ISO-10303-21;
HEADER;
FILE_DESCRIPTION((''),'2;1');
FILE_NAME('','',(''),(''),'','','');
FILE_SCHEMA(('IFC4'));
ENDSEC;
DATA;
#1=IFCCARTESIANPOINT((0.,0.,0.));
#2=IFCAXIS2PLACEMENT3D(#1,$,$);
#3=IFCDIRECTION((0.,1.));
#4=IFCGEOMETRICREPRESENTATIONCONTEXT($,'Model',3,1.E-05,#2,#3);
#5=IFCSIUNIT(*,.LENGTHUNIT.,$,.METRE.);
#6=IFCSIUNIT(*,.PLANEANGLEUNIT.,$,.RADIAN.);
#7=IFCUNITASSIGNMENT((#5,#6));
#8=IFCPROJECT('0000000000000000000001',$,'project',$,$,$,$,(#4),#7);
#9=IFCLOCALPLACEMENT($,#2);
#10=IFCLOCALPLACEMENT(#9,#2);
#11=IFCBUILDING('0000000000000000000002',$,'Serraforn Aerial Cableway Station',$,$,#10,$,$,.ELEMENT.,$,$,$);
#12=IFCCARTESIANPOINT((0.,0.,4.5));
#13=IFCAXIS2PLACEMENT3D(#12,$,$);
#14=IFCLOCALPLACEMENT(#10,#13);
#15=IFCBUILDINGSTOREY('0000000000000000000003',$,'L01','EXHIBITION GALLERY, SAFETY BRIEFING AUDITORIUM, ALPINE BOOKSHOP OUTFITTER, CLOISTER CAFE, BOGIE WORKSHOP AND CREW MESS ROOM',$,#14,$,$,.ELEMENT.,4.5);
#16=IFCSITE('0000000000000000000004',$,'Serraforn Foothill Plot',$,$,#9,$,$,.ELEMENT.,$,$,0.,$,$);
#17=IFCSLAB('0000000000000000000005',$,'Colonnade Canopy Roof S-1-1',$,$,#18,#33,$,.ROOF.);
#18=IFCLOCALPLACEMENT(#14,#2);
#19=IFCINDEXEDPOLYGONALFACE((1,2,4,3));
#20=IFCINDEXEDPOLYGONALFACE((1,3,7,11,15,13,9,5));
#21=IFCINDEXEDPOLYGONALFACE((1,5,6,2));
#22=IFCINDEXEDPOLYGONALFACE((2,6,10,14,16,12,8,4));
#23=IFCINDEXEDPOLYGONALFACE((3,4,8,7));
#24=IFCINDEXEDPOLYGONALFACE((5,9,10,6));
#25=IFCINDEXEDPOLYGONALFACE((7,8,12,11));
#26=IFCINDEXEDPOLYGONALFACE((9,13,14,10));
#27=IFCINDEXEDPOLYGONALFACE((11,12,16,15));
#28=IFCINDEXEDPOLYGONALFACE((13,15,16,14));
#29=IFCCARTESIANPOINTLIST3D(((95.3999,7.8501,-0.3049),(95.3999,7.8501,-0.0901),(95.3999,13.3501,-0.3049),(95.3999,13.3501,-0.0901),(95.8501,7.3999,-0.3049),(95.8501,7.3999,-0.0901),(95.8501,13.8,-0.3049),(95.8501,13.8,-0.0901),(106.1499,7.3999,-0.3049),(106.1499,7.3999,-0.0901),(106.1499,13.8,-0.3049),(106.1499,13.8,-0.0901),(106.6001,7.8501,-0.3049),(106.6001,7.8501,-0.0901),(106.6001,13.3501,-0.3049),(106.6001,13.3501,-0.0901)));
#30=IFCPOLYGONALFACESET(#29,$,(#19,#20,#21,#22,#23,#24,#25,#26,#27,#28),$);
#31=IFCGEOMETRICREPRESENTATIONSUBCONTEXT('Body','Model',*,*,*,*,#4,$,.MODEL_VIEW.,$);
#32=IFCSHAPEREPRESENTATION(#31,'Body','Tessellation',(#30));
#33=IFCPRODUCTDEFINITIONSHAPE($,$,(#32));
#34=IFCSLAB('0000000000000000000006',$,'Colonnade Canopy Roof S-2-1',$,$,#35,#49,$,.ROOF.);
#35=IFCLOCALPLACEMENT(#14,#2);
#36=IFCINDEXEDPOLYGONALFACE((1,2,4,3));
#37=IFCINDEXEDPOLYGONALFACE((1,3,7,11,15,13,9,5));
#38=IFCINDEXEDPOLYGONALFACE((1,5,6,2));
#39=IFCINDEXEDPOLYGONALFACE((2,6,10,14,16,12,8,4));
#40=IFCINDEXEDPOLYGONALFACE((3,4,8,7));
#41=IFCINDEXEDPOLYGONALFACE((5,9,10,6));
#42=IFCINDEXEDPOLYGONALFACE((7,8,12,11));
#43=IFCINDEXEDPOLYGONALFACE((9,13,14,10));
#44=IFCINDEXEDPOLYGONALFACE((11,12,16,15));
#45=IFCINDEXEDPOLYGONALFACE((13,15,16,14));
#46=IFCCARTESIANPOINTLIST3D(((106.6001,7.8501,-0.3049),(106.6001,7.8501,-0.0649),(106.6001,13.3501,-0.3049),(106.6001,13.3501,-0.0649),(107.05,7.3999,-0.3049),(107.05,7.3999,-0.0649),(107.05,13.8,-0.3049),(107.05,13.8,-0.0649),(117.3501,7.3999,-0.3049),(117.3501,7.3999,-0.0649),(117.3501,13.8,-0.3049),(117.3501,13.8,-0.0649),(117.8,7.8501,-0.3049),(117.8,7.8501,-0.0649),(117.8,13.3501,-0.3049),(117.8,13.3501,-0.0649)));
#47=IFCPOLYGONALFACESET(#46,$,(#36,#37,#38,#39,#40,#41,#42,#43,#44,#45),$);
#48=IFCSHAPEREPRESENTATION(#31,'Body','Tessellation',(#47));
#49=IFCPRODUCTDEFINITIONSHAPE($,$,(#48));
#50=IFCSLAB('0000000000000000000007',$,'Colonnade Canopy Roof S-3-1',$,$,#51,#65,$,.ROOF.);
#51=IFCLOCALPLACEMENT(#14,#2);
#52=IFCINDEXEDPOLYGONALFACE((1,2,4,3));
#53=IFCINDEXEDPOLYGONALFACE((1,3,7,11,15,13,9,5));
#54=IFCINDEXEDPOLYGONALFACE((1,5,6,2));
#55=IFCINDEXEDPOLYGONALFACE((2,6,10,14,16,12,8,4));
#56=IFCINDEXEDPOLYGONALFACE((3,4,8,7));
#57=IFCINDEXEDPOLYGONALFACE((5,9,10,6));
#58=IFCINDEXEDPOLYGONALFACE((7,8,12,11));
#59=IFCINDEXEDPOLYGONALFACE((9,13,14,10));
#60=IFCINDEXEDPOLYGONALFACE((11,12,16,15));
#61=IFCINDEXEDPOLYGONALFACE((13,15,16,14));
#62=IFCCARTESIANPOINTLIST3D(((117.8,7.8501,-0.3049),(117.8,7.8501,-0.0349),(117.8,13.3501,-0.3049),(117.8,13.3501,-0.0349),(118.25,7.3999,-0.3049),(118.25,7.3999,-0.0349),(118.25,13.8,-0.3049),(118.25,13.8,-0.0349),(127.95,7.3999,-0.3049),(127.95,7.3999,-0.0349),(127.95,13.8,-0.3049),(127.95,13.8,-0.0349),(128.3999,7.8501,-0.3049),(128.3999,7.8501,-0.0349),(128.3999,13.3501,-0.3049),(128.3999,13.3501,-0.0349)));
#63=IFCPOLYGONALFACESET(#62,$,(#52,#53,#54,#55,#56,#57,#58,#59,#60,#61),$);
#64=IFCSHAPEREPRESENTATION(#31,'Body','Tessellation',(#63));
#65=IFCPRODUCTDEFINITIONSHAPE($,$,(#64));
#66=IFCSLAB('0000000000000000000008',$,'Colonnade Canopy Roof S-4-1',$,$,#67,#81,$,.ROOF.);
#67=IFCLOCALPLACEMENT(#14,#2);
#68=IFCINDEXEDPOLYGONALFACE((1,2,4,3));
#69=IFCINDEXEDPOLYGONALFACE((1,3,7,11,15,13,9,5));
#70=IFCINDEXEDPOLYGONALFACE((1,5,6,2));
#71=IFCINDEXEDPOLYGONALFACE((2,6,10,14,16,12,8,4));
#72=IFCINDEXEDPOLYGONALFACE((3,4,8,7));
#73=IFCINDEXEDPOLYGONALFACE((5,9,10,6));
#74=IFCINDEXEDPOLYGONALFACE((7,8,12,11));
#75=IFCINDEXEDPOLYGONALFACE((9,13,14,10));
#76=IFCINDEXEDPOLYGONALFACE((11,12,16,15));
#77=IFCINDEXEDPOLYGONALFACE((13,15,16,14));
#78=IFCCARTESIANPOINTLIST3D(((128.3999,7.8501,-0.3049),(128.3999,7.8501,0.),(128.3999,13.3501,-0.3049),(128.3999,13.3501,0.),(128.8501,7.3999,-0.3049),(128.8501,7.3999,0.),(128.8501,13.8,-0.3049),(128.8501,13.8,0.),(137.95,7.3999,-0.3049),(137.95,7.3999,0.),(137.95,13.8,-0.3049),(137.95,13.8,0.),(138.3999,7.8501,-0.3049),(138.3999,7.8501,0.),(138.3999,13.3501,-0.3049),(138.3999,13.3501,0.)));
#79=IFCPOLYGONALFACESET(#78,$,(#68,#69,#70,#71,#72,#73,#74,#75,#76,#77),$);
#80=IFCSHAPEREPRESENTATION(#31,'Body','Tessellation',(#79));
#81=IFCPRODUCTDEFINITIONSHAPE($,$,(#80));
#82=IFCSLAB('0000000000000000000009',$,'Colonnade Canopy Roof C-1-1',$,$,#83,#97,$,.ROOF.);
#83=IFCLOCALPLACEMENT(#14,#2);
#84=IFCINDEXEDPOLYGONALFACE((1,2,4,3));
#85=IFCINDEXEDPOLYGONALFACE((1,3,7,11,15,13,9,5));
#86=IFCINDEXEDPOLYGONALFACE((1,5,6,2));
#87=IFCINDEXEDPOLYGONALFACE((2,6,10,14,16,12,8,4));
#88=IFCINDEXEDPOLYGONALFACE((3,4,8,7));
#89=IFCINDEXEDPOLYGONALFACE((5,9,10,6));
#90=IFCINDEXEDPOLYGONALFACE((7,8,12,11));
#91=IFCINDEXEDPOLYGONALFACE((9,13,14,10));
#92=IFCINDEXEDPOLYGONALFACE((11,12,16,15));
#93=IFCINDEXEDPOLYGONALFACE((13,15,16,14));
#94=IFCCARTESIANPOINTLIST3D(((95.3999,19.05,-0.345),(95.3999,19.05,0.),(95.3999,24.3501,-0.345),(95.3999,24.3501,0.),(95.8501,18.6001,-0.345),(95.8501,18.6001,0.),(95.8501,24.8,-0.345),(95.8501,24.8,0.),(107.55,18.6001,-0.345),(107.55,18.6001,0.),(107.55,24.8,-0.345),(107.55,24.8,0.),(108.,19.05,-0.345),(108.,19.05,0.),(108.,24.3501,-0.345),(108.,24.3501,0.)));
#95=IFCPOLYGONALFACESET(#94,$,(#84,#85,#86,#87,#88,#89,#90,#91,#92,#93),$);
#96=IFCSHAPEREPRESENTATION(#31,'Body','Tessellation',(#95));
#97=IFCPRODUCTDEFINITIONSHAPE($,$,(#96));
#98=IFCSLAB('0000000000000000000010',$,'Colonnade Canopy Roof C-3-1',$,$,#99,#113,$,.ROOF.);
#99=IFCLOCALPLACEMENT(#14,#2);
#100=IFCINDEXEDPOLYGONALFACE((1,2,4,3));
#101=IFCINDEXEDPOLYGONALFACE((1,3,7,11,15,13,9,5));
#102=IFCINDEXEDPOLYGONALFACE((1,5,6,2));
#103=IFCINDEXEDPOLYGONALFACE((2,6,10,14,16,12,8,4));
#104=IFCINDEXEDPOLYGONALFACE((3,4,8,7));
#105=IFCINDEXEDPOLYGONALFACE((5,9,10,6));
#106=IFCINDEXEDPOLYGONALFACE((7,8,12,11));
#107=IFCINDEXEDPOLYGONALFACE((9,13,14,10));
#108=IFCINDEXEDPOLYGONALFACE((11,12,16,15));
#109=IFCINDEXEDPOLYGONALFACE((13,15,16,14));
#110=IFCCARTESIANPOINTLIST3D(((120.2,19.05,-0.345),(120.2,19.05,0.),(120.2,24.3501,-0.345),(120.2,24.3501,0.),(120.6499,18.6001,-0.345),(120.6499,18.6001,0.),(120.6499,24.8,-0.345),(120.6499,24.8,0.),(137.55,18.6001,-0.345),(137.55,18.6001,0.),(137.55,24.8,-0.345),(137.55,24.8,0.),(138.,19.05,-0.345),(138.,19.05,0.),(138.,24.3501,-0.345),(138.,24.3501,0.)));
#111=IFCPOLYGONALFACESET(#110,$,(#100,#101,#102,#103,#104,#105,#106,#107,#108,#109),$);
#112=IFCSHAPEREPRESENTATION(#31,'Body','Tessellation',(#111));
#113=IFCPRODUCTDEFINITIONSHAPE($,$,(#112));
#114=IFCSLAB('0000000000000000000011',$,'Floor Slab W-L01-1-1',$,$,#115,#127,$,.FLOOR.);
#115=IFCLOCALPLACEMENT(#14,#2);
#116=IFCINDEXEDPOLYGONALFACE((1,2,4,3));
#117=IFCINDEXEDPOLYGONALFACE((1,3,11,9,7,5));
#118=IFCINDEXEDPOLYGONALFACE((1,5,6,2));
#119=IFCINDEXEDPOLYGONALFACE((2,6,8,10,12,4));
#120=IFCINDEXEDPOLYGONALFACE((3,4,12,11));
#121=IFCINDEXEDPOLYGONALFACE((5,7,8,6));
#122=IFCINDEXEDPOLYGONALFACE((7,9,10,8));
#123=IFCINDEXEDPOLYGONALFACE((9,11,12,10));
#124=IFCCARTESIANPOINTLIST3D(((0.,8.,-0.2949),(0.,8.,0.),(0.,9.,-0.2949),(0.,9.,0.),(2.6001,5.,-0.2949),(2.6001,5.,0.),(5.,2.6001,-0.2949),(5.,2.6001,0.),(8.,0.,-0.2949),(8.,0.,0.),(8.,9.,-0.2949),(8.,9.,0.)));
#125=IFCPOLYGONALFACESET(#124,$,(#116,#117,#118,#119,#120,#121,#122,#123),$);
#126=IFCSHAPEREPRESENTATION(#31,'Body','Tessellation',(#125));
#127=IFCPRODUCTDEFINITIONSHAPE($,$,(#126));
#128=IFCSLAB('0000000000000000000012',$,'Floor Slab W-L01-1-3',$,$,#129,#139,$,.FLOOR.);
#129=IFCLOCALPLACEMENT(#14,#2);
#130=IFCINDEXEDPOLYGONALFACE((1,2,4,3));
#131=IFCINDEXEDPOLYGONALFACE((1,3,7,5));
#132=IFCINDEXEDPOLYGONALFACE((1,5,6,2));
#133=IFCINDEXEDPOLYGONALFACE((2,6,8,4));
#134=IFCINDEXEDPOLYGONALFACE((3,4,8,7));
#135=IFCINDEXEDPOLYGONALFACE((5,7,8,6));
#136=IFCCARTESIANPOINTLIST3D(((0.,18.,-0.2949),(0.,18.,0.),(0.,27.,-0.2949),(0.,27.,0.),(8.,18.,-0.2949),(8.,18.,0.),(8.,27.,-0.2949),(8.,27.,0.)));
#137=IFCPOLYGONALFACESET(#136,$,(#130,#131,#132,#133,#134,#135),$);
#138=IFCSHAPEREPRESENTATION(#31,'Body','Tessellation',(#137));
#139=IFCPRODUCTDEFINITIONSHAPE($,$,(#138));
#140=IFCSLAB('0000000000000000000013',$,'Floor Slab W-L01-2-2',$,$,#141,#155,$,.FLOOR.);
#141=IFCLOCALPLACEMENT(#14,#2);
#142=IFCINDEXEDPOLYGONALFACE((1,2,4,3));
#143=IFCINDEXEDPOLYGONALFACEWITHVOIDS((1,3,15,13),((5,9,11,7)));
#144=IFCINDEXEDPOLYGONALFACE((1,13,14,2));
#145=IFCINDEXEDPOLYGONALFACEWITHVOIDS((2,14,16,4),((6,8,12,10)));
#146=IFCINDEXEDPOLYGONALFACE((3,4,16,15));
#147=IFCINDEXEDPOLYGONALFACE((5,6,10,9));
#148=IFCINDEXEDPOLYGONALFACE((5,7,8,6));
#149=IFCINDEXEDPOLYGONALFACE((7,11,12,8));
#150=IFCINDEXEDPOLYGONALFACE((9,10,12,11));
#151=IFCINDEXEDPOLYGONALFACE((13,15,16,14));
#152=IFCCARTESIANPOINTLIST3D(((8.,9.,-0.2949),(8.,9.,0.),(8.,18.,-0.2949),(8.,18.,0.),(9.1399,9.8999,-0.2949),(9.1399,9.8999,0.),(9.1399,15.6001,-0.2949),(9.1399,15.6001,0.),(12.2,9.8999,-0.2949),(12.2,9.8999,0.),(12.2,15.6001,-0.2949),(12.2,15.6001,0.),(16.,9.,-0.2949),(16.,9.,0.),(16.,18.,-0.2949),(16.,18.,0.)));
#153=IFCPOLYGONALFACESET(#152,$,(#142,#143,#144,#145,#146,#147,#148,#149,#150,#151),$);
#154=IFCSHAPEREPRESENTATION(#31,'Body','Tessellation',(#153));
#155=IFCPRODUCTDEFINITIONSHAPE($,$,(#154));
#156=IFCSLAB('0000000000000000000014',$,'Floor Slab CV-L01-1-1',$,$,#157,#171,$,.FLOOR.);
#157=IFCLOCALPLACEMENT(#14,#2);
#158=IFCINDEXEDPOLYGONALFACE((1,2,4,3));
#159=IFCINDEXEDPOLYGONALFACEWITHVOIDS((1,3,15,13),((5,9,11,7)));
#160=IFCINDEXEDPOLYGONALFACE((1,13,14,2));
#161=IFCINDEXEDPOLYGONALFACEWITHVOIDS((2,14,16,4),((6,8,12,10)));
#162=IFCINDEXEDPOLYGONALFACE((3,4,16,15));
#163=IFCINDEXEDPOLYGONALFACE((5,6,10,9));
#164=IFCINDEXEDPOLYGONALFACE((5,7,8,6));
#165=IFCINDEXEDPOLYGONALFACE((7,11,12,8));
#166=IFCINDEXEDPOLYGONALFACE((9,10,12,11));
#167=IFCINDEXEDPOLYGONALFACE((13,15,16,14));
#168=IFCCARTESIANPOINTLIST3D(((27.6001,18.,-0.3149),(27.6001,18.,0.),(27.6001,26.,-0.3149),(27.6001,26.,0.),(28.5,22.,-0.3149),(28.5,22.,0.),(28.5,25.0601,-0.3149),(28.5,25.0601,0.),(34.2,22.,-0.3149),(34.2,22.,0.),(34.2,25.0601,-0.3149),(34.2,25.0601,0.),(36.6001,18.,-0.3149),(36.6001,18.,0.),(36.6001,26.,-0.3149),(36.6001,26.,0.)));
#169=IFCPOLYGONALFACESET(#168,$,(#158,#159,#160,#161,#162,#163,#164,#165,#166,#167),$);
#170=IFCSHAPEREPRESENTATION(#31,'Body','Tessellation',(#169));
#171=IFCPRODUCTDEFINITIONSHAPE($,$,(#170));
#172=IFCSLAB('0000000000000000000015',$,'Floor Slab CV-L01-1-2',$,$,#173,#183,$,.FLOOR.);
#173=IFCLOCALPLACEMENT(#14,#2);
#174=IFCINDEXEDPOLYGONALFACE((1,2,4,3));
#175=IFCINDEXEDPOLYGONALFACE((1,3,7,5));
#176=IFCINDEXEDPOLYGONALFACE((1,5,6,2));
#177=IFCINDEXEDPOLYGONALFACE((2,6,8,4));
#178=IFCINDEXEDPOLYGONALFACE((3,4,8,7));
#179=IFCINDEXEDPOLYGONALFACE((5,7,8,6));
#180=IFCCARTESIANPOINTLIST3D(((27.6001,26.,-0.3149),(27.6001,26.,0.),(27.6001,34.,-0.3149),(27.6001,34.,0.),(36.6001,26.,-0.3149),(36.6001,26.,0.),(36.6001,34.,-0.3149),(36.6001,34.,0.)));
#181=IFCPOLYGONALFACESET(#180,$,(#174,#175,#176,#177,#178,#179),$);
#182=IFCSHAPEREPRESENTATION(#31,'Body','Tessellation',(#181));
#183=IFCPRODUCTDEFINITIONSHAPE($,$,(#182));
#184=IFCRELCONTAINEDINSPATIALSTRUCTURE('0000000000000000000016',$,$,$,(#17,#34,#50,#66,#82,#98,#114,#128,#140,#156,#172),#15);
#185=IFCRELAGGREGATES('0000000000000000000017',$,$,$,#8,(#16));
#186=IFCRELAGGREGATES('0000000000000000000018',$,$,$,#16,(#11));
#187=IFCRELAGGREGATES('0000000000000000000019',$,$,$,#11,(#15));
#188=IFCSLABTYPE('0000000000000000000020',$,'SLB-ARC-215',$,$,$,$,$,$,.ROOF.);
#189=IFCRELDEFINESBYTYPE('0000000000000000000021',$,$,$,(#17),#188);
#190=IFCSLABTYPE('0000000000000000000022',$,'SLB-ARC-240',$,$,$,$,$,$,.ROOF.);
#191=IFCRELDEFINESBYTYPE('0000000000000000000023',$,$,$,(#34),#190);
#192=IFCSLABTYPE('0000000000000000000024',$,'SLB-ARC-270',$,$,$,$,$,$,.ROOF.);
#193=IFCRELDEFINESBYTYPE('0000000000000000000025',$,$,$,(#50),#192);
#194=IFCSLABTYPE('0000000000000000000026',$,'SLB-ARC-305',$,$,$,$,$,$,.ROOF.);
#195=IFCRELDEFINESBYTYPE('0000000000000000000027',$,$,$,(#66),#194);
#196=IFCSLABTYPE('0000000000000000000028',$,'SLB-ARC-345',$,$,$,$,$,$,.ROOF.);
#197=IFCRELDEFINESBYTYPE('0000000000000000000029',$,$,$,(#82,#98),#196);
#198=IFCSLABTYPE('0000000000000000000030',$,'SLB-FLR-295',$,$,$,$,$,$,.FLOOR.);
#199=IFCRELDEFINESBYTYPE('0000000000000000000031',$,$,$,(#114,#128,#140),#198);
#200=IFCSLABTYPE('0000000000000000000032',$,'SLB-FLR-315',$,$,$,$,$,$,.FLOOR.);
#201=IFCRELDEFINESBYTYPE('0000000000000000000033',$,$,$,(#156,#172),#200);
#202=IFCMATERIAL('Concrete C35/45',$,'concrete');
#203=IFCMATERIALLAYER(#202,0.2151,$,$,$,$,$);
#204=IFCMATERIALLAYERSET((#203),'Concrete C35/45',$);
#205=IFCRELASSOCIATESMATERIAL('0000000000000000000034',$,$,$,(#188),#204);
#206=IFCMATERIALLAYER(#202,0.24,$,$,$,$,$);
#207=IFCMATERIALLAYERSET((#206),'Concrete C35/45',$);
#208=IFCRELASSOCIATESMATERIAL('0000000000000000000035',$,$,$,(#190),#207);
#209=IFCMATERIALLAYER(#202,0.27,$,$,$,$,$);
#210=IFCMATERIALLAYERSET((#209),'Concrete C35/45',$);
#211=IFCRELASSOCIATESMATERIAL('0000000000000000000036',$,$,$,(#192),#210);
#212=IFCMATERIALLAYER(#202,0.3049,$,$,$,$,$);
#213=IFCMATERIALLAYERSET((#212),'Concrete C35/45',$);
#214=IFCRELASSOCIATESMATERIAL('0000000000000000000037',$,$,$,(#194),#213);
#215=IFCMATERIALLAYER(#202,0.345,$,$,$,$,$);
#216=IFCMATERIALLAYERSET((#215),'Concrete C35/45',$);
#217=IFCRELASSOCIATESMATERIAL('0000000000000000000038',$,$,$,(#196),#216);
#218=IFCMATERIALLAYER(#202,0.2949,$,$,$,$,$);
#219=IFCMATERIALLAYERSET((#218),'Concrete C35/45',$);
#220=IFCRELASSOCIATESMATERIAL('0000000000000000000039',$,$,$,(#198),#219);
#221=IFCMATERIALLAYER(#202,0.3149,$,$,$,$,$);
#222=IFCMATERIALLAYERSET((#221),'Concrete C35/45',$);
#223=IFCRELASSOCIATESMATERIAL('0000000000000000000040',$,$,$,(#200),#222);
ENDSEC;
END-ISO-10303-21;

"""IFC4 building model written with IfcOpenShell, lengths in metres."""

from ifc_helpers import new_model, si_unit, direction, frame, origin, place, context, subcontext, project, spatial, polyline, outline, extrude, material, layer, layer_set, type_object, element, save


model = new_model("IFC4")

# Units and contexts
model_context = context("Model", 3, precision=1e-05, world=origin(), true_north=direction((0.0, 1.0)))
body_context = subcontext(model_context, "Body", "Model", "MODEL_VIEW")
ifc_project = project(units=[si_unit("LENGTHUNIT", "METRE"), si_unit("PLANEANGLEUNIT", "RADIAN")], contexts=[model_context])

# Site, building, storey
site_placement = place(None, origin())
site = spatial("IfcSite", under=ifc_project, at=site_placement, Name="Serraforn Foothill Plot", CompositionType="ELEMENT", RefElevation=0.0)
building_placement = place(site_placement, origin())
building = spatial("IfcBuilding", under=site, at=building_placement, Name="Serraforn Aerial Cableway Station", CompositionType="ELEMENT")
storey_placement = place(building_placement, frame((0.0, 0.0, 4.5)))
storey = spatial("IfcBuildingStorey", under=building, at=storey_placement, Name="L01", Description="EXHIBITION GALLERY, SAFETY BRIEFING AUDITORIUM, ALPINE BOOKSHOP OUTFITTER, CLOISTER CAFE, BOGIE WORKSHOP AND CREW MESS ROOM", CompositionType="ELEMENT", Elevation=4.5)

# Slabs
ifc_material = material(Name="Concrete C35/45", Category="concrete")
ifc_layer_1 = layer(ifc_material, 0.2151)
ifc_layer_set_1 = layer_set([ifc_layer_1], Name="Concrete C35/45")
slab_type_1 = type_object("IfcSlabType", Name="SLB-ARC-215", PredefinedType="ROOF", material=ifc_layer_set_1)
slab_1_placement = place(storey_placement, frame((0.0, 0.0, -0.3049)))
element("IfcSlab", 1, at=slab_1_placement, inside=storey, type_object=slab_type_1, Name="Colonnade Canopy Roof S-1-1", PredefinedType="ROOF", context=body_context, shape_type="SweptSolid", body=[
    extrude(outline(polyline([(95.8501, 7.3999), (106.1499, 7.3999), (106.6001, 7.8501), (106.6001, 13.3501), (106.1499, 13.8), (95.8501, 13.8), (95.3999, 13.3501), (95.3999, 7.8501), (95.8501, 7.3999)])), origin(), (0.0, 0.0, 1.0), 0.2148),
])
ifc_layer_2 = layer(ifc_material, 0.24)
ifc_layer_set_2 = layer_set([ifc_layer_2], Name="Concrete C35/45")
slab_type_2 = type_object("IfcSlabType", Name="SLB-ARC-240", PredefinedType="ROOF", material=ifc_layer_set_2)
slab_2_placement = place(storey_placement, frame((0.0, 0.0, -0.3049)))
element("IfcSlab", 2, at=slab_2_placement, inside=storey, type_object=slab_type_2, Name="Colonnade Canopy Roof S-2-1", PredefinedType="ROOF", context=body_context, shape_type="SweptSolid", body=[
    extrude(outline(polyline([(107.05, 7.3999), (117.3501, 7.3999), (117.8, 7.8501), (117.8, 13.3501), (117.3501, 13.8), (107.05, 13.8), (106.6001, 13.3501), (106.6001, 7.8501), (107.05, 7.3999)])), origin(), (0.0, 0.0, 1.0), 0.24),
])
ifc_layer_3 = layer(ifc_material, 0.27)
ifc_layer_set_3 = layer_set([ifc_layer_3], Name="Concrete C35/45")
slab_type_3 = type_object("IfcSlabType", Name="SLB-ARC-270", PredefinedType="ROOF", material=ifc_layer_set_3)
slab_3_placement = place(storey_placement, frame((0.0, 0.0, -0.3049)))
element("IfcSlab", 3, at=slab_3_placement, inside=storey, type_object=slab_type_3, Name="Colonnade Canopy Roof S-3-1", PredefinedType="ROOF", context=body_context, shape_type="SweptSolid", body=[
    extrude(outline(polyline([(118.25, 7.3999), (127.95, 7.3999), (128.3999, 7.8501), (128.3999, 13.3501), (127.95, 13.8), (118.25, 13.8), (117.8, 13.3501), (117.8, 7.8501), (118.25, 7.3999)])), origin(), (0.0, 0.0, 1.0), 0.27),
])
ifc_layer_4 = layer(ifc_material, 0.3049)
ifc_layer_set_4 = layer_set([ifc_layer_4], Name="Concrete C35/45")
slab_type_4 = type_object("IfcSlabType", Name="SLB-ARC-305", PredefinedType="ROOF", material=ifc_layer_set_4)
slab_4_placement = place(storey_placement, frame((0.0, 0.0, -0.3049)))
element("IfcSlab", 4, at=slab_4_placement, inside=storey, type_object=slab_type_4, Name="Colonnade Canopy Roof S-4-1", PredefinedType="ROOF", context=body_context, shape_type="SweptSolid", body=[
    extrude(outline(polyline([(128.8501, 7.3999), (137.95, 7.3999), (138.3999, 7.8501), (138.3999, 13.3501), (137.95, 13.8), (128.8501, 13.8), (128.3999, 13.3501), (128.3999, 7.8501), (128.8501, 7.3999)])), origin(), (0.0, 0.0, 1.0), 0.3049),
])
ifc_layer_5 = layer(ifc_material, 0.345)
ifc_layer_set_5 = layer_set([ifc_layer_5], Name="Concrete C35/45")
slab_type_5 = type_object("IfcSlabType", Name="SLB-ARC-345", PredefinedType="ROOF", material=ifc_layer_set_5)
slab_5_placement = place(storey_placement, frame((0.0, 0.0, -0.345)))
element("IfcSlab", 5, at=slab_5_placement, inside=storey, type_object=slab_type_5, Name="Colonnade Canopy Roof C-1-1", PredefinedType="ROOF", context=body_context, shape_type="SweptSolid", body=[
    extrude(outline(polyline([(95.8501, 18.6001), (107.55, 18.6001), (108.0, 19.05), (108.0, 24.3501), (107.55, 24.8), (95.8501, 24.8), (95.3999, 24.3501), (95.3999, 19.05), (95.8501, 18.6001)])), origin(), (0.0, 0.0, 1.0), 0.345),
])
slab_6_placement = place(storey_placement, frame((0.0, 0.0, -0.345)))
element("IfcSlab", 6, at=slab_6_placement, inside=storey, type_object=slab_type_5, Name="Colonnade Canopy Roof C-3-1", PredefinedType="ROOF", context=body_context, shape_type="SweptSolid", body=[
    extrude(outline(polyline([(120.6499, 18.6001), (137.55, 18.6001), (138.0, 19.05), (138.0, 24.3501), (137.55, 24.8), (120.6499, 24.8), (120.2, 24.3501), (120.2, 19.05), (120.6499, 18.6001)])), origin(), (0.0, 0.0, 1.0), 0.345),
])
ifc_layer_6 = layer(ifc_material, 0.2949)
ifc_layer_set_6 = layer_set([ifc_layer_6], Name="Concrete C35/45")
slab_type_6 = type_object("IfcSlabType", Name="SLB-FLR-295", PredefinedType="FLOOR", material=ifc_layer_set_6)
slab_7_placement = place(storey_placement, frame((0.0, 0.0, -0.2949)))
element("IfcSlab", 7, at=slab_7_placement, inside=storey, type_object=slab_type_6, Name="Floor Slab W-L01-1-1", PredefinedType="FLOOR", context=body_context, shape_type="SweptSolid", body=[
    extrude(outline(polyline([(8.0, 0.0), (8.0, 0.0), (8.0, 9.0), (0.0, 9.0), (0.0, 8.0), (2.6001, 5.0), (5.0, 2.6001), (8.0, 0.0)])), origin(), (0.0, 0.0, 1.0), 0.2949),
])
slab_8_placement = place(storey_placement, frame((0.0, 0.0, -0.2949)))
element("IfcSlab", 8, at=slab_8_placement, inside=storey, type_object=slab_type_6, Name="Floor Slab W-L01-1-3", PredefinedType="FLOOR", context=body_context, shape_type="SweptSolid", body=[
    extrude(outline(polyline([(0.0, 18.0), (8.0, 18.0), (8.0, 27.0), (0.0, 27.0), (0.0, 18.0)])), origin(), (0.0, 0.0, 1.0), 0.2949),
])
slab_9_placement = place(storey_placement, frame((0.0, 0.0, -0.2949)))
element("IfcSlab", 9, at=slab_9_placement, inside=storey, type_object=slab_type_6, Name="Floor Slab W-L01-2-2", PredefinedType="FLOOR", context=body_context, shape_type="SweptSolid", body=[
    extrude(outline(polyline([(8.0, 9.0), (16.0, 9.0), (16.0, 18.0), (8.0, 18.0), (8.0, 9.0)]), holes=[polyline([(9.1399, 15.6001), (9.1399, 9.8999), (12.2, 9.8999), (12.2, 15.6001), (9.1399, 15.6001)])]), origin(), (0.0, 0.0, 1.0), 0.2949),
])
ifc_layer_7 = layer(ifc_material, 0.3149)
ifc_layer_set_7 = layer_set([ifc_layer_7], Name="Concrete C35/45")
slab_type_7 = type_object("IfcSlabType", Name="SLB-FLR-315", PredefinedType="FLOOR", material=ifc_layer_set_7)
slab_10_placement = place(storey_placement, frame((0.0, 0.0, -0.3149)))
element("IfcSlab", 10, at=slab_10_placement, inside=storey, type_object=slab_type_7, Name="Floor Slab CV-L01-1-1", PredefinedType="FLOOR", context=body_context, shape_type="SweptSolid", body=[
    extrude(outline(polyline([(27.6001, 18.0), (36.6001, 18.0), (36.6001, 26.0), (27.6001, 26.0), (27.6001, 18.0)]), holes=[polyline([(34.2, 25.0601), (28.5, 25.0601), (28.5, 22.0), (34.2, 22.0), (34.2, 25.0601)])]), origin(), (0.0, 0.0, 1.0), 0.3149),
])
slab_11_placement = place(storey_placement, frame((0.0, 0.0, -0.3149)))
element("IfcSlab", 11, at=slab_11_placement, inside=storey, type_object=slab_type_7, Name="Floor Slab CV-L01-1-2", PredefinedType="FLOOR", context=body_context, shape_type="SweptSolid", body=[
    extrude(outline(polyline([(27.6001, 26.0), (36.6001, 26.0), (36.6001, 34.0), (27.6001, 34.0), (27.6001, 26.0)])), origin(), (0.0, 0.0, 1.0), 0.3149),
])

save(model, "model.ifc")
